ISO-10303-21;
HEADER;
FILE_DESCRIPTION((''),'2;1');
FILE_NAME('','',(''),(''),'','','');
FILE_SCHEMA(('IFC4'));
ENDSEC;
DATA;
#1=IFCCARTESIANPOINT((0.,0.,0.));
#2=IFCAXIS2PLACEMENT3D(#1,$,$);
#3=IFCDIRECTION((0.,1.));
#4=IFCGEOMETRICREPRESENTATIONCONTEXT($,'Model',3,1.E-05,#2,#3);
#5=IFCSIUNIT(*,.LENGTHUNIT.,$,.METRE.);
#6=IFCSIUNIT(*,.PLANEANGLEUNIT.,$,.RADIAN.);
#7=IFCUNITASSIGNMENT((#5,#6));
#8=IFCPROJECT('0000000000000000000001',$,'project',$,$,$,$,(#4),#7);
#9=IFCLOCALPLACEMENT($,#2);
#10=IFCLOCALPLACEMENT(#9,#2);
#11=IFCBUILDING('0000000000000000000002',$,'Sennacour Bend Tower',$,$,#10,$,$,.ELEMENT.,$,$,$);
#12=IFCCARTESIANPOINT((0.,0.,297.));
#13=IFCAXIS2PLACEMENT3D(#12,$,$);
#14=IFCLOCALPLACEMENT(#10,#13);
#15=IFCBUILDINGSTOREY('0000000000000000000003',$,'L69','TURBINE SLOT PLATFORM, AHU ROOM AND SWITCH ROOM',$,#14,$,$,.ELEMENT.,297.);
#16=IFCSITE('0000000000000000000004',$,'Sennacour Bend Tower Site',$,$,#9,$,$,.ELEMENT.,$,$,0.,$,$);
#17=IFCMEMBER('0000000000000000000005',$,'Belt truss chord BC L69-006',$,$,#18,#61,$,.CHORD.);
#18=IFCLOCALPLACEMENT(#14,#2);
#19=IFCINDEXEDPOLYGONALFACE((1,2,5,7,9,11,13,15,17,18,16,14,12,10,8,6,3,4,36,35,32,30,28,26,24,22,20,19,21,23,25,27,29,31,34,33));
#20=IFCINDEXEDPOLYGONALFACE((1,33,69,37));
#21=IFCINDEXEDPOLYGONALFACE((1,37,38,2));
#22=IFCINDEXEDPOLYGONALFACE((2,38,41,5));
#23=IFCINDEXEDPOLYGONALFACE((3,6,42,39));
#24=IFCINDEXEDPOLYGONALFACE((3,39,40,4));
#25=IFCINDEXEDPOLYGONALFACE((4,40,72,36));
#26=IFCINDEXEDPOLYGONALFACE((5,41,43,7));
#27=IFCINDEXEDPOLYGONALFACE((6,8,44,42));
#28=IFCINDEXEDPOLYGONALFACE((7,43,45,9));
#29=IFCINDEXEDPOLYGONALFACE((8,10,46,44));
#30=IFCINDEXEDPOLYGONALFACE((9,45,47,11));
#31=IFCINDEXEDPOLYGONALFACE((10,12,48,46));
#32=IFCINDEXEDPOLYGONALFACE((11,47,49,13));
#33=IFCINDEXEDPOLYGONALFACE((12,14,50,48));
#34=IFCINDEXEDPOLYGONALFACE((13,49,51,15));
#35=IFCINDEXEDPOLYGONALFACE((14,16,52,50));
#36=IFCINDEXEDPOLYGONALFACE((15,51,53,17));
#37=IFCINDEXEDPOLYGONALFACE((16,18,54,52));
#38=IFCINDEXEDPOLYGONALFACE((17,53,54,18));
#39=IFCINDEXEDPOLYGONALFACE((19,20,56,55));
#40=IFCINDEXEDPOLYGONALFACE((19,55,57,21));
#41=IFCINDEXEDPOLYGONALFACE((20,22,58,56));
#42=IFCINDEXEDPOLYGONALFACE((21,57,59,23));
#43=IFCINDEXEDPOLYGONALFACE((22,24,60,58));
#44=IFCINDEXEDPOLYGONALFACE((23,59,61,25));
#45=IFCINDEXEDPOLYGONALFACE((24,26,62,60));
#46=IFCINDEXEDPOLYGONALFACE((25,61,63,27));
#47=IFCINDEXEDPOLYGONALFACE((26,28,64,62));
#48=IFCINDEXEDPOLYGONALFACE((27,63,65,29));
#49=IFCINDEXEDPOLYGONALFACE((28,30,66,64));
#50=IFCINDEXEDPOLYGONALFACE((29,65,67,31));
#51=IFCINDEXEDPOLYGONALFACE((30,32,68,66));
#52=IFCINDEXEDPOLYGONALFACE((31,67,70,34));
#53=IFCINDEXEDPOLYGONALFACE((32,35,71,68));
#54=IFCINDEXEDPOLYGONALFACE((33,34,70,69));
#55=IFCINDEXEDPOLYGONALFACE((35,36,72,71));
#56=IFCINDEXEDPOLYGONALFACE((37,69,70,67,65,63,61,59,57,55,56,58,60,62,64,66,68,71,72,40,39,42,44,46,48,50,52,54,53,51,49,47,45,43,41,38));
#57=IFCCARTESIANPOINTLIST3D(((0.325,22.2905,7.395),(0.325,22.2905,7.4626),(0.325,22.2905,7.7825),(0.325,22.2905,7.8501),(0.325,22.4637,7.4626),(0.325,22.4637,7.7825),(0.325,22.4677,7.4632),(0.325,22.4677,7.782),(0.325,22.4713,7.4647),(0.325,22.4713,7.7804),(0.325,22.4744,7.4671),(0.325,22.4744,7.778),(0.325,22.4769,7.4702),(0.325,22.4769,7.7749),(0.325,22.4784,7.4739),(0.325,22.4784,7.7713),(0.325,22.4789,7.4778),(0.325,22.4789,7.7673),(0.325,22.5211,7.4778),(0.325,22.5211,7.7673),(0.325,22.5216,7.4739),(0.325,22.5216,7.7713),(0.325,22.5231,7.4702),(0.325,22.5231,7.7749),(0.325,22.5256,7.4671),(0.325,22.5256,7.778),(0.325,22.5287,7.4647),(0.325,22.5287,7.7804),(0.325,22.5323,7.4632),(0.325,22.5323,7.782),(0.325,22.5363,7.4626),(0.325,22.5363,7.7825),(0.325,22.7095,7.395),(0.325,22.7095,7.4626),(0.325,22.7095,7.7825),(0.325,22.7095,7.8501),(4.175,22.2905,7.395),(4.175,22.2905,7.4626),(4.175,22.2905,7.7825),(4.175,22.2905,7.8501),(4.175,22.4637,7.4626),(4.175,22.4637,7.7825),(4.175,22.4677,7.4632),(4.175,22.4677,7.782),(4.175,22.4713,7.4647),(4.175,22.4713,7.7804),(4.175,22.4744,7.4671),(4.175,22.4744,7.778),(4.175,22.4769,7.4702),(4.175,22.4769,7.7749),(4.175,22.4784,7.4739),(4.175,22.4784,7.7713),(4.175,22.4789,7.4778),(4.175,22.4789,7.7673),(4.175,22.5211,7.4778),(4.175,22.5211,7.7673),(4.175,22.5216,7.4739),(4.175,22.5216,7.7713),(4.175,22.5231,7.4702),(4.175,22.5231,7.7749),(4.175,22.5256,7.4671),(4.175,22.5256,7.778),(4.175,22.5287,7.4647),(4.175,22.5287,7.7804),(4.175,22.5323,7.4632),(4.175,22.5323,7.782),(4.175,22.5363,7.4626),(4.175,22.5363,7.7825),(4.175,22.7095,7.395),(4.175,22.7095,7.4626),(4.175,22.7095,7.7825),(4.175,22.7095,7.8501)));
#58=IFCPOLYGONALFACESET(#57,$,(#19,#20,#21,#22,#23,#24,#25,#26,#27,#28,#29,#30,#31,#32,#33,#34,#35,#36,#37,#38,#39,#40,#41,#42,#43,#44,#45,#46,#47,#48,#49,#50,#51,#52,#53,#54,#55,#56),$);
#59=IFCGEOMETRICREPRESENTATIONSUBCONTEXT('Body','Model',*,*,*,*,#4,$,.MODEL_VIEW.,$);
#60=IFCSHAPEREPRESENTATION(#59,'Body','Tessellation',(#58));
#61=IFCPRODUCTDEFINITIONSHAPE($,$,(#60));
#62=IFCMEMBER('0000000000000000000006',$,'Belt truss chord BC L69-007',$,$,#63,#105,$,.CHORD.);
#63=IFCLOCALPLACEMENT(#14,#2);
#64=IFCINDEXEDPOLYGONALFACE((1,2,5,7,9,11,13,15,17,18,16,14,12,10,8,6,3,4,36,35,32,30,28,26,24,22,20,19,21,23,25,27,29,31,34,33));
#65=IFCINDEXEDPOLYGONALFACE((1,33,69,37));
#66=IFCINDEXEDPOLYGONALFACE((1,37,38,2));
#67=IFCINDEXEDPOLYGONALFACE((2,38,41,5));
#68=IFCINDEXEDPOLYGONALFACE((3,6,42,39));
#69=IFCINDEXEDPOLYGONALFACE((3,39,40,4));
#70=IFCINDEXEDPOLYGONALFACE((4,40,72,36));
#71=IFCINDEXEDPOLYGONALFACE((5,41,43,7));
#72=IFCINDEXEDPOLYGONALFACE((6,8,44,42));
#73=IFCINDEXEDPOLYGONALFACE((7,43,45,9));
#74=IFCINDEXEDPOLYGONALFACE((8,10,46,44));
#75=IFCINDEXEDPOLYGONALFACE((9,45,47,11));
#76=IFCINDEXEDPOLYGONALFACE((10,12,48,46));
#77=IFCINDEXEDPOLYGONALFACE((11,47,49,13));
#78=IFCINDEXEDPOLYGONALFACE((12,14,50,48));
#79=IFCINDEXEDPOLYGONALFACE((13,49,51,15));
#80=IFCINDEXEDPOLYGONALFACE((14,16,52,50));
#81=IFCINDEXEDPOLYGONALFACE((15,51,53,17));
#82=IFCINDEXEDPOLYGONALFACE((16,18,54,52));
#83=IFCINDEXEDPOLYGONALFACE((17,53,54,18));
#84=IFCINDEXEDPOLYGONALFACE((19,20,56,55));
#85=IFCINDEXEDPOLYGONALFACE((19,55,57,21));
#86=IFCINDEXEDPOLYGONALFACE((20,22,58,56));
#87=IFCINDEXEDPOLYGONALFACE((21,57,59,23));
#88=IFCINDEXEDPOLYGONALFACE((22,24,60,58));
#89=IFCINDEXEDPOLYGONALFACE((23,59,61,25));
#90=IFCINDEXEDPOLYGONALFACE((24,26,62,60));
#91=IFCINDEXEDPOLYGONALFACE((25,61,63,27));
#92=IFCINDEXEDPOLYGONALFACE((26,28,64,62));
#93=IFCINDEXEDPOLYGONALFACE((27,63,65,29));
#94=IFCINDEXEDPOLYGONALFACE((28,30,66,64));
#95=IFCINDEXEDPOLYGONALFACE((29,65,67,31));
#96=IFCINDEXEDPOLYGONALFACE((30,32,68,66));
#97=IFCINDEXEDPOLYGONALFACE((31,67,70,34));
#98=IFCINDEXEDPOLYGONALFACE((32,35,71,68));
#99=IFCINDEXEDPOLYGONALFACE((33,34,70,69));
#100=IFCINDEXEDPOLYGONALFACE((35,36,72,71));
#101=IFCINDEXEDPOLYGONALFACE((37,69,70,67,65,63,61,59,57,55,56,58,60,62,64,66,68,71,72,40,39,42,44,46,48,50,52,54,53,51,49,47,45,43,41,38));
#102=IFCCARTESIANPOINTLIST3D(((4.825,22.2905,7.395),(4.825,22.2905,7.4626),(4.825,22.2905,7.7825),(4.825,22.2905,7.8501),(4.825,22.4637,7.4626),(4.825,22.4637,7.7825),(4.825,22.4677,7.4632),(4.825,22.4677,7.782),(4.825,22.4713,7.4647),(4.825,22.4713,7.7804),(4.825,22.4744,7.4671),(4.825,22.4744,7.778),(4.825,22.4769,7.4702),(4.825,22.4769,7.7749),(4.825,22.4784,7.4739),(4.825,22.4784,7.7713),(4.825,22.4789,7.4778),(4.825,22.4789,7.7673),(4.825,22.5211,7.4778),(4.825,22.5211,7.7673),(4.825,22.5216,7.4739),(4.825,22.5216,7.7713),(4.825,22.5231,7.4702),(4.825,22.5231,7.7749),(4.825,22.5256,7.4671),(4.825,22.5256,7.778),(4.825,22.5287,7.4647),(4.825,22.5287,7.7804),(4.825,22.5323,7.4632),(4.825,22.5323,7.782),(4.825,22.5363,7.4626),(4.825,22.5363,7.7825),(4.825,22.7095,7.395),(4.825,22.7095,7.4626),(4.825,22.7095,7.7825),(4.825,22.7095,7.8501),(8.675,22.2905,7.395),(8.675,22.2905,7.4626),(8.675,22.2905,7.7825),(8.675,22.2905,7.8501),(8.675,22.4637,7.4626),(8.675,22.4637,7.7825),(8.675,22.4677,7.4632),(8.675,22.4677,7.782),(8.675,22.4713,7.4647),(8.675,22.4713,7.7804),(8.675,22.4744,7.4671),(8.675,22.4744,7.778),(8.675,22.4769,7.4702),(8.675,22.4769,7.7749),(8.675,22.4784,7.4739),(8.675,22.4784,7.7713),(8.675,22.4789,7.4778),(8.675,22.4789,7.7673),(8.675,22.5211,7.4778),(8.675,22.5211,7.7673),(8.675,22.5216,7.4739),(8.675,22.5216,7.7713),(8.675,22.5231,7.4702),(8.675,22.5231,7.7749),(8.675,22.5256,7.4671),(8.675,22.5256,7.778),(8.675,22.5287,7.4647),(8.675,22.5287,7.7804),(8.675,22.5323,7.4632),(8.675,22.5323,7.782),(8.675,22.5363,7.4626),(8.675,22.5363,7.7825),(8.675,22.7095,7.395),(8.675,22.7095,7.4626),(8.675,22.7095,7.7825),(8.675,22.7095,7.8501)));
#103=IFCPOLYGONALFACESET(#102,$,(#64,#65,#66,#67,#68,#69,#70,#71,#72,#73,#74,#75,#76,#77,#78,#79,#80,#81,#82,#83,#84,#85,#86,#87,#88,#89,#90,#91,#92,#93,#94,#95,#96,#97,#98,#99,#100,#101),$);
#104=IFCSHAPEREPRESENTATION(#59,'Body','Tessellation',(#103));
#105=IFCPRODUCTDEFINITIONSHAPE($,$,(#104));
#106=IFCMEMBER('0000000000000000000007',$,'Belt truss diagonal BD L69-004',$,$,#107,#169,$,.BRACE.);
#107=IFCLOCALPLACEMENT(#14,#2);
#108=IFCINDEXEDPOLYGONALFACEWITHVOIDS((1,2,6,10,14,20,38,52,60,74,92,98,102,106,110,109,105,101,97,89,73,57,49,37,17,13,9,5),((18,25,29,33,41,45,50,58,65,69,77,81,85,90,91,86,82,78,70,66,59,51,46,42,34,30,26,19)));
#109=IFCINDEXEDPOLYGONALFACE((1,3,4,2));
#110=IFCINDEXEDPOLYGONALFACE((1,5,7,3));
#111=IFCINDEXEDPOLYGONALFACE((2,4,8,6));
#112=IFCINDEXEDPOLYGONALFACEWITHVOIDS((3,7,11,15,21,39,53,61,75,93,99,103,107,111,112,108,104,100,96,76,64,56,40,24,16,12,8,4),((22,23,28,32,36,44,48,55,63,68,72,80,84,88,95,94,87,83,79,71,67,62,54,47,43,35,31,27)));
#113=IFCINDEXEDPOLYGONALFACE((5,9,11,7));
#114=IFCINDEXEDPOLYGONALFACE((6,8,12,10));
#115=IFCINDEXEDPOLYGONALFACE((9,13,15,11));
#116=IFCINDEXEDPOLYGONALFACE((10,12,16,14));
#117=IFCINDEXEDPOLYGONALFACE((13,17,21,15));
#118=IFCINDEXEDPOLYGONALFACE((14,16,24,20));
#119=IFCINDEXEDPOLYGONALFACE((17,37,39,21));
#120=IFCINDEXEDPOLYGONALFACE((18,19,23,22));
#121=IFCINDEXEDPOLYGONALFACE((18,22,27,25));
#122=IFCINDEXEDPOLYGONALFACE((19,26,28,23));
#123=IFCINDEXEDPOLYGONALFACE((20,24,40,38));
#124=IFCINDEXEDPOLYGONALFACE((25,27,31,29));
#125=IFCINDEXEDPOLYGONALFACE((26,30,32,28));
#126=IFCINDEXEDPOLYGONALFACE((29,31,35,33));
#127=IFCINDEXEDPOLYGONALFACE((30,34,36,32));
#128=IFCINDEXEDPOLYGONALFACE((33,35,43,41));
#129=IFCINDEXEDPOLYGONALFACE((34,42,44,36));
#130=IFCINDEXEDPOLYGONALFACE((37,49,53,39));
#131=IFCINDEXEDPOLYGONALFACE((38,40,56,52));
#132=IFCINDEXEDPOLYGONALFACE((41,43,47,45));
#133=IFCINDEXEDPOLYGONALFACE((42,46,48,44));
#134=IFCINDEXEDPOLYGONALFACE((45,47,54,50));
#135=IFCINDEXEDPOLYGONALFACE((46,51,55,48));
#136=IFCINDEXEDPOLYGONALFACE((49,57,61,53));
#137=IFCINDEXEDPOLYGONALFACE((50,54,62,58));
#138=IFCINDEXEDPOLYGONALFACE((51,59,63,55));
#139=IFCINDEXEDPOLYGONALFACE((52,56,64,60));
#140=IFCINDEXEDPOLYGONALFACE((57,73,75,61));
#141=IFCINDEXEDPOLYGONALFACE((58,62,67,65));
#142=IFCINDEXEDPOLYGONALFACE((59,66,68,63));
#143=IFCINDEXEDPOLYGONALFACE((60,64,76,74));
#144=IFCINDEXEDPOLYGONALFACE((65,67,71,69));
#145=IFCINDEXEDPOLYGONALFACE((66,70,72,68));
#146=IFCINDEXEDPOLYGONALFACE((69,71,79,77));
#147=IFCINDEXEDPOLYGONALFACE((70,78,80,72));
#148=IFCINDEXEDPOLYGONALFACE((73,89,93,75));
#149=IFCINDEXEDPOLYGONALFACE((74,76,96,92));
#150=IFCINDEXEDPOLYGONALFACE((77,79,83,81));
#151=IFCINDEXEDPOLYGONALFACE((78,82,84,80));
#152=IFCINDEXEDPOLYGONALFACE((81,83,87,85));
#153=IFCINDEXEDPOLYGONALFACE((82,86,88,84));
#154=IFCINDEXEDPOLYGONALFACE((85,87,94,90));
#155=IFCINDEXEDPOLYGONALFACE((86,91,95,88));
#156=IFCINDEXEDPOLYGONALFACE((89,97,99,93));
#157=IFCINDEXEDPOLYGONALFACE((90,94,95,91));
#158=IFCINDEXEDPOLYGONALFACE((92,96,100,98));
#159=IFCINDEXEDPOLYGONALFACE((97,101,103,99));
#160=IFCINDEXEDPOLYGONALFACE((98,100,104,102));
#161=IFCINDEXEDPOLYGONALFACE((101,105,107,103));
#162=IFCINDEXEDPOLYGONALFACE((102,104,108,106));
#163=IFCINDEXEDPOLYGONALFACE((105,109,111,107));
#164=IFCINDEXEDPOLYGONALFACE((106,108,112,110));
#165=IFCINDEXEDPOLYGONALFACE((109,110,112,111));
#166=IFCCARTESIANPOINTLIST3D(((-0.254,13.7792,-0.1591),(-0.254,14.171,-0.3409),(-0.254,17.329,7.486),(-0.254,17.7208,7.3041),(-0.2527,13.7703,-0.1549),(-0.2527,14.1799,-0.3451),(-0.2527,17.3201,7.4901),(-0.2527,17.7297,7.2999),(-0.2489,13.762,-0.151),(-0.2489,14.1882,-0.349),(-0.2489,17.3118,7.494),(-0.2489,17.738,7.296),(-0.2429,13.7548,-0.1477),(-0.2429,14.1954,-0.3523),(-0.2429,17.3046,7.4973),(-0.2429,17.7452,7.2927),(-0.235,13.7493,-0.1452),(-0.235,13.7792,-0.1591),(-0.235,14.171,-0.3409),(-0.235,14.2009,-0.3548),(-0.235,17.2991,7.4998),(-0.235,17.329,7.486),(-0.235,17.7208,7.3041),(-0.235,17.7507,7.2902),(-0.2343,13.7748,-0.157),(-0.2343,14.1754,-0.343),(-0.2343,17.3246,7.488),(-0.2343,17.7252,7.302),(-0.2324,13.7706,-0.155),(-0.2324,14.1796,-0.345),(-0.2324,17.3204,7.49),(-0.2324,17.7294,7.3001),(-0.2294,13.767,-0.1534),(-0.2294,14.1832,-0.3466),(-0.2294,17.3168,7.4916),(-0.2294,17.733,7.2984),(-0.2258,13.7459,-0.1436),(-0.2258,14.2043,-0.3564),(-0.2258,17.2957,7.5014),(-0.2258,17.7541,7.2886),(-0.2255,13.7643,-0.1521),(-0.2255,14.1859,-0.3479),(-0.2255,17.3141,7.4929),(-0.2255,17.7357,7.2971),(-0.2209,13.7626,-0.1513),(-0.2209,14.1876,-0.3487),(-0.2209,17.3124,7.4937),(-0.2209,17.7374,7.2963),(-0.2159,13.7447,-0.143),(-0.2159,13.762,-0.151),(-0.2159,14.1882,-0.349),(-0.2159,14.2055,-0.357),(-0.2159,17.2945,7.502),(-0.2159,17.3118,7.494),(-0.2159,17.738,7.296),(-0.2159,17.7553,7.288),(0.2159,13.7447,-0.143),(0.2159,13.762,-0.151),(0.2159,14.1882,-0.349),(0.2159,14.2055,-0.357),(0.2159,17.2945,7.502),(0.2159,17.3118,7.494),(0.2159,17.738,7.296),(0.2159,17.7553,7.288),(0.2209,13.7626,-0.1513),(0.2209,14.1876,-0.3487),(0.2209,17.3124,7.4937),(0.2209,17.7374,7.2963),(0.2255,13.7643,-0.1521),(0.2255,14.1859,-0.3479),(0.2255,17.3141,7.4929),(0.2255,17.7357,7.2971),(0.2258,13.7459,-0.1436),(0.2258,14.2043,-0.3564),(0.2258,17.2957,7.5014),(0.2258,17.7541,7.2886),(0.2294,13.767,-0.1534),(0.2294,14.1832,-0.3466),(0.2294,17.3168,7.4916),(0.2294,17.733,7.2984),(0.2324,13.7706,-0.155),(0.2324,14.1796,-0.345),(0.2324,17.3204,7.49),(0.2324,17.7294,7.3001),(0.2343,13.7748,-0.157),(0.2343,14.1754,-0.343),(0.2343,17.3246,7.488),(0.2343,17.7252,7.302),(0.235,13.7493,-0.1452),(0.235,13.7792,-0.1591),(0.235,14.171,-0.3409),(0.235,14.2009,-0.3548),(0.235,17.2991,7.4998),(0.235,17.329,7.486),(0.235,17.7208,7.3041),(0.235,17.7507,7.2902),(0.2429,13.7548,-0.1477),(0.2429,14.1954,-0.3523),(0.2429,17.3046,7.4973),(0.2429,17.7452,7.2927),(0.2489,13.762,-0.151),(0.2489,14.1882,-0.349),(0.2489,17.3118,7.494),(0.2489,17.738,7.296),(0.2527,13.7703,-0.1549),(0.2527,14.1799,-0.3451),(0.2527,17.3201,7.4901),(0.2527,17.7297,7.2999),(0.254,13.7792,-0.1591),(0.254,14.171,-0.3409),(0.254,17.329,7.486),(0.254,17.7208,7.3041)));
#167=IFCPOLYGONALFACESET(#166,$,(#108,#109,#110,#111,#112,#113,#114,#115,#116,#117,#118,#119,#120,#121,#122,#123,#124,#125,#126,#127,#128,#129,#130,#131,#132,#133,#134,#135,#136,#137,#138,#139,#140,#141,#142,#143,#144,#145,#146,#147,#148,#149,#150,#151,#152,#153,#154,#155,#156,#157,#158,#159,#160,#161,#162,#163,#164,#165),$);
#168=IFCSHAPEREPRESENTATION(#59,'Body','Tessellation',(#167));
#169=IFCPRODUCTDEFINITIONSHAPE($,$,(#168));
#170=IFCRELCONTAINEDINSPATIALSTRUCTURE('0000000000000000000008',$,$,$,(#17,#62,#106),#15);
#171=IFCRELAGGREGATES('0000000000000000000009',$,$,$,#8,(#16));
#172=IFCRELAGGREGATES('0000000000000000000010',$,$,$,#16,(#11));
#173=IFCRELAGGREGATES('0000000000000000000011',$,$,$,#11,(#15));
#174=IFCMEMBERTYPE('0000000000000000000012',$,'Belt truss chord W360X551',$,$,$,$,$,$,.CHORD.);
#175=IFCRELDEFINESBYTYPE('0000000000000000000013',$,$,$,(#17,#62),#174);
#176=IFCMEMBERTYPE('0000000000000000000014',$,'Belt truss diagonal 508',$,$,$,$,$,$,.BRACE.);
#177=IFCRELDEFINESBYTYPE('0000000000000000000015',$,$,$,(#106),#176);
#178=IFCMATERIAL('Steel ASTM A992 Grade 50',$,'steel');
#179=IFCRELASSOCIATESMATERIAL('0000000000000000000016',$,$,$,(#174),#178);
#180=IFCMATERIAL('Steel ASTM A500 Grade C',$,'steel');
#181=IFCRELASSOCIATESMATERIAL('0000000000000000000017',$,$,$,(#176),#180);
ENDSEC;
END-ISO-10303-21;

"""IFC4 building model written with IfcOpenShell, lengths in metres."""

from ifc_helpers import new_model, si_unit, direction, frame, origin, origin_2d, place, context, subcontext, project, spatial, hollow_rectangle, i_section, extrude, material, material_profile, profile_set, type_object, element, save


model = new_model("IFC4")

# Units and contexts
model_context = context("Model", 3, precision=1e-05, world=origin(), true_north=direction((0.0, 1.0)))
body_context = subcontext(model_context, "Body", "Model", "MODEL_VIEW")
ifc_project = project(units=[si_unit("LENGTHUNIT", "METRE"), si_unit("PLANEANGLEUNIT", "RADIAN")], contexts=[model_context])

# Site, building, storey
site_placement = place(None, origin())
site = spatial("IfcSite", under=ifc_project, at=site_placement, Name="Sennacour Bend Tower Site", CompositionType="ELEMENT", RefElevation=0.0)
building_placement = place(site_placement, origin())
building = spatial("IfcBuilding", under=site, at=building_placement, Name="Sennacour Bend Tower", CompositionType="ELEMENT")
storey_placement = place(building_placement, frame((0.0, 0.0, 297.0)))
storey = spatial("IfcBuildingStorey", under=building, at=storey_placement, Name="L69", Description="TURBINE SLOT PLATFORM, AHU ROOM AND SWITCH ROOM", CompositionType="ELEMENT", Elevation=297.0)

# Members
ifc_material_1 = material(Name="Steel ASTM A992 Grade 50", Category="steel")
ifc_material_profile_1 = material_profile(ifc_material_1, i_section(OverallWidth=0.4189, OverallDepth=0.4551, WebThickness=0.0422, FlangeThickness=0.0676, FilletRadius=0.0151, at=origin_2d()), Name="Steel ASTM A992 Grade 50", Category="steel")
ifc_profile_set_1 = profile_set([ifc_material_profile_1], Name="Steel ASTM A992 Grade 50")
member_type_1 = type_object("IfcMemberType", Name="Belt truss chord W360X551", PredefinedType="CHORD", material=ifc_profile_set_1)
for number, where, z_axis, x_axis, name in (
    (1, (0.325, 22.5, 7.6226), (1.0, 0.0, 0.0), (0.0, 1.0, 0.0), "Belt truss chord BC L69-006"),
    (2, (4.825, 22.5, 7.6226), (1.0, 0.0, 0.0), (0.0, 1.0, 0.0), "Belt truss chord BC L69-007"),
):
    element("IfcMember", number, at=place(storey_placement, frame(where, z_axis=z_axis, x_axis=x_axis)), inside=storey, type_object=member_type_1, Name=name, PredefinedType="CHORD", context=body_context, shape_type="SweptSolid", body=[
        extrude(i_section(OverallWidth=0.4189, OverallDepth=0.4551, WebThickness=0.0422, FlangeThickness=0.0676, FilletRadius=0.0151, at=origin_2d()), origin(), (0.0, 0.0, 1.0), 3.8501),
    ])
ifc_material_2 = material(Name="Steel ASTM A500 Grade C", Category="steel")
ifc_material_profile_2 = material_profile(ifc_material_2, hollow_rectangle(XDim=0.5081, YDim=0.5081, WallThickness=0.019, InnerFilletRadius=0.019, OuterFilletRadius=0.0381, at=origin_2d()), Name="Steel ASTM A500 Grade C", Category="steel")
ifc_profile_set_2 = profile_set([ifc_material_profile_2], Name="Steel ASTM A500 Grade C")
member_type_2 = type_object("IfcMemberType", Name="Belt truss diagonal 508", PredefinedType="BRACE", material=ifc_profile_set_2)
for number, where, z_axis, x_axis, name in (
    (3, (0.0, 13.9751, -0.25), (0.0, 0.421144, 0.906994), (-1.0, 0.0, 0.0), "Belt truss diagonal BD L69-004"),
):
    element("IfcMember", number, at=place(storey_placement, frame(where, z_axis=z_axis, x_axis=x_axis)), inside=storey, type_object=member_type_2, Name=name, PredefinedType="BRACE", context=body_context, shape_type="SweptSolid", body=[
        extrude(hollow_rectangle(XDim=0.5081, YDim=0.5081, WallThickness=0.019, InnerFilletRadius=0.019, OuterFilletRadius=0.0381, at=origin_2d()), origin(), (0.0, 0.0, 1.0), 8.429),
    ])

save(model, "model.ifc")
